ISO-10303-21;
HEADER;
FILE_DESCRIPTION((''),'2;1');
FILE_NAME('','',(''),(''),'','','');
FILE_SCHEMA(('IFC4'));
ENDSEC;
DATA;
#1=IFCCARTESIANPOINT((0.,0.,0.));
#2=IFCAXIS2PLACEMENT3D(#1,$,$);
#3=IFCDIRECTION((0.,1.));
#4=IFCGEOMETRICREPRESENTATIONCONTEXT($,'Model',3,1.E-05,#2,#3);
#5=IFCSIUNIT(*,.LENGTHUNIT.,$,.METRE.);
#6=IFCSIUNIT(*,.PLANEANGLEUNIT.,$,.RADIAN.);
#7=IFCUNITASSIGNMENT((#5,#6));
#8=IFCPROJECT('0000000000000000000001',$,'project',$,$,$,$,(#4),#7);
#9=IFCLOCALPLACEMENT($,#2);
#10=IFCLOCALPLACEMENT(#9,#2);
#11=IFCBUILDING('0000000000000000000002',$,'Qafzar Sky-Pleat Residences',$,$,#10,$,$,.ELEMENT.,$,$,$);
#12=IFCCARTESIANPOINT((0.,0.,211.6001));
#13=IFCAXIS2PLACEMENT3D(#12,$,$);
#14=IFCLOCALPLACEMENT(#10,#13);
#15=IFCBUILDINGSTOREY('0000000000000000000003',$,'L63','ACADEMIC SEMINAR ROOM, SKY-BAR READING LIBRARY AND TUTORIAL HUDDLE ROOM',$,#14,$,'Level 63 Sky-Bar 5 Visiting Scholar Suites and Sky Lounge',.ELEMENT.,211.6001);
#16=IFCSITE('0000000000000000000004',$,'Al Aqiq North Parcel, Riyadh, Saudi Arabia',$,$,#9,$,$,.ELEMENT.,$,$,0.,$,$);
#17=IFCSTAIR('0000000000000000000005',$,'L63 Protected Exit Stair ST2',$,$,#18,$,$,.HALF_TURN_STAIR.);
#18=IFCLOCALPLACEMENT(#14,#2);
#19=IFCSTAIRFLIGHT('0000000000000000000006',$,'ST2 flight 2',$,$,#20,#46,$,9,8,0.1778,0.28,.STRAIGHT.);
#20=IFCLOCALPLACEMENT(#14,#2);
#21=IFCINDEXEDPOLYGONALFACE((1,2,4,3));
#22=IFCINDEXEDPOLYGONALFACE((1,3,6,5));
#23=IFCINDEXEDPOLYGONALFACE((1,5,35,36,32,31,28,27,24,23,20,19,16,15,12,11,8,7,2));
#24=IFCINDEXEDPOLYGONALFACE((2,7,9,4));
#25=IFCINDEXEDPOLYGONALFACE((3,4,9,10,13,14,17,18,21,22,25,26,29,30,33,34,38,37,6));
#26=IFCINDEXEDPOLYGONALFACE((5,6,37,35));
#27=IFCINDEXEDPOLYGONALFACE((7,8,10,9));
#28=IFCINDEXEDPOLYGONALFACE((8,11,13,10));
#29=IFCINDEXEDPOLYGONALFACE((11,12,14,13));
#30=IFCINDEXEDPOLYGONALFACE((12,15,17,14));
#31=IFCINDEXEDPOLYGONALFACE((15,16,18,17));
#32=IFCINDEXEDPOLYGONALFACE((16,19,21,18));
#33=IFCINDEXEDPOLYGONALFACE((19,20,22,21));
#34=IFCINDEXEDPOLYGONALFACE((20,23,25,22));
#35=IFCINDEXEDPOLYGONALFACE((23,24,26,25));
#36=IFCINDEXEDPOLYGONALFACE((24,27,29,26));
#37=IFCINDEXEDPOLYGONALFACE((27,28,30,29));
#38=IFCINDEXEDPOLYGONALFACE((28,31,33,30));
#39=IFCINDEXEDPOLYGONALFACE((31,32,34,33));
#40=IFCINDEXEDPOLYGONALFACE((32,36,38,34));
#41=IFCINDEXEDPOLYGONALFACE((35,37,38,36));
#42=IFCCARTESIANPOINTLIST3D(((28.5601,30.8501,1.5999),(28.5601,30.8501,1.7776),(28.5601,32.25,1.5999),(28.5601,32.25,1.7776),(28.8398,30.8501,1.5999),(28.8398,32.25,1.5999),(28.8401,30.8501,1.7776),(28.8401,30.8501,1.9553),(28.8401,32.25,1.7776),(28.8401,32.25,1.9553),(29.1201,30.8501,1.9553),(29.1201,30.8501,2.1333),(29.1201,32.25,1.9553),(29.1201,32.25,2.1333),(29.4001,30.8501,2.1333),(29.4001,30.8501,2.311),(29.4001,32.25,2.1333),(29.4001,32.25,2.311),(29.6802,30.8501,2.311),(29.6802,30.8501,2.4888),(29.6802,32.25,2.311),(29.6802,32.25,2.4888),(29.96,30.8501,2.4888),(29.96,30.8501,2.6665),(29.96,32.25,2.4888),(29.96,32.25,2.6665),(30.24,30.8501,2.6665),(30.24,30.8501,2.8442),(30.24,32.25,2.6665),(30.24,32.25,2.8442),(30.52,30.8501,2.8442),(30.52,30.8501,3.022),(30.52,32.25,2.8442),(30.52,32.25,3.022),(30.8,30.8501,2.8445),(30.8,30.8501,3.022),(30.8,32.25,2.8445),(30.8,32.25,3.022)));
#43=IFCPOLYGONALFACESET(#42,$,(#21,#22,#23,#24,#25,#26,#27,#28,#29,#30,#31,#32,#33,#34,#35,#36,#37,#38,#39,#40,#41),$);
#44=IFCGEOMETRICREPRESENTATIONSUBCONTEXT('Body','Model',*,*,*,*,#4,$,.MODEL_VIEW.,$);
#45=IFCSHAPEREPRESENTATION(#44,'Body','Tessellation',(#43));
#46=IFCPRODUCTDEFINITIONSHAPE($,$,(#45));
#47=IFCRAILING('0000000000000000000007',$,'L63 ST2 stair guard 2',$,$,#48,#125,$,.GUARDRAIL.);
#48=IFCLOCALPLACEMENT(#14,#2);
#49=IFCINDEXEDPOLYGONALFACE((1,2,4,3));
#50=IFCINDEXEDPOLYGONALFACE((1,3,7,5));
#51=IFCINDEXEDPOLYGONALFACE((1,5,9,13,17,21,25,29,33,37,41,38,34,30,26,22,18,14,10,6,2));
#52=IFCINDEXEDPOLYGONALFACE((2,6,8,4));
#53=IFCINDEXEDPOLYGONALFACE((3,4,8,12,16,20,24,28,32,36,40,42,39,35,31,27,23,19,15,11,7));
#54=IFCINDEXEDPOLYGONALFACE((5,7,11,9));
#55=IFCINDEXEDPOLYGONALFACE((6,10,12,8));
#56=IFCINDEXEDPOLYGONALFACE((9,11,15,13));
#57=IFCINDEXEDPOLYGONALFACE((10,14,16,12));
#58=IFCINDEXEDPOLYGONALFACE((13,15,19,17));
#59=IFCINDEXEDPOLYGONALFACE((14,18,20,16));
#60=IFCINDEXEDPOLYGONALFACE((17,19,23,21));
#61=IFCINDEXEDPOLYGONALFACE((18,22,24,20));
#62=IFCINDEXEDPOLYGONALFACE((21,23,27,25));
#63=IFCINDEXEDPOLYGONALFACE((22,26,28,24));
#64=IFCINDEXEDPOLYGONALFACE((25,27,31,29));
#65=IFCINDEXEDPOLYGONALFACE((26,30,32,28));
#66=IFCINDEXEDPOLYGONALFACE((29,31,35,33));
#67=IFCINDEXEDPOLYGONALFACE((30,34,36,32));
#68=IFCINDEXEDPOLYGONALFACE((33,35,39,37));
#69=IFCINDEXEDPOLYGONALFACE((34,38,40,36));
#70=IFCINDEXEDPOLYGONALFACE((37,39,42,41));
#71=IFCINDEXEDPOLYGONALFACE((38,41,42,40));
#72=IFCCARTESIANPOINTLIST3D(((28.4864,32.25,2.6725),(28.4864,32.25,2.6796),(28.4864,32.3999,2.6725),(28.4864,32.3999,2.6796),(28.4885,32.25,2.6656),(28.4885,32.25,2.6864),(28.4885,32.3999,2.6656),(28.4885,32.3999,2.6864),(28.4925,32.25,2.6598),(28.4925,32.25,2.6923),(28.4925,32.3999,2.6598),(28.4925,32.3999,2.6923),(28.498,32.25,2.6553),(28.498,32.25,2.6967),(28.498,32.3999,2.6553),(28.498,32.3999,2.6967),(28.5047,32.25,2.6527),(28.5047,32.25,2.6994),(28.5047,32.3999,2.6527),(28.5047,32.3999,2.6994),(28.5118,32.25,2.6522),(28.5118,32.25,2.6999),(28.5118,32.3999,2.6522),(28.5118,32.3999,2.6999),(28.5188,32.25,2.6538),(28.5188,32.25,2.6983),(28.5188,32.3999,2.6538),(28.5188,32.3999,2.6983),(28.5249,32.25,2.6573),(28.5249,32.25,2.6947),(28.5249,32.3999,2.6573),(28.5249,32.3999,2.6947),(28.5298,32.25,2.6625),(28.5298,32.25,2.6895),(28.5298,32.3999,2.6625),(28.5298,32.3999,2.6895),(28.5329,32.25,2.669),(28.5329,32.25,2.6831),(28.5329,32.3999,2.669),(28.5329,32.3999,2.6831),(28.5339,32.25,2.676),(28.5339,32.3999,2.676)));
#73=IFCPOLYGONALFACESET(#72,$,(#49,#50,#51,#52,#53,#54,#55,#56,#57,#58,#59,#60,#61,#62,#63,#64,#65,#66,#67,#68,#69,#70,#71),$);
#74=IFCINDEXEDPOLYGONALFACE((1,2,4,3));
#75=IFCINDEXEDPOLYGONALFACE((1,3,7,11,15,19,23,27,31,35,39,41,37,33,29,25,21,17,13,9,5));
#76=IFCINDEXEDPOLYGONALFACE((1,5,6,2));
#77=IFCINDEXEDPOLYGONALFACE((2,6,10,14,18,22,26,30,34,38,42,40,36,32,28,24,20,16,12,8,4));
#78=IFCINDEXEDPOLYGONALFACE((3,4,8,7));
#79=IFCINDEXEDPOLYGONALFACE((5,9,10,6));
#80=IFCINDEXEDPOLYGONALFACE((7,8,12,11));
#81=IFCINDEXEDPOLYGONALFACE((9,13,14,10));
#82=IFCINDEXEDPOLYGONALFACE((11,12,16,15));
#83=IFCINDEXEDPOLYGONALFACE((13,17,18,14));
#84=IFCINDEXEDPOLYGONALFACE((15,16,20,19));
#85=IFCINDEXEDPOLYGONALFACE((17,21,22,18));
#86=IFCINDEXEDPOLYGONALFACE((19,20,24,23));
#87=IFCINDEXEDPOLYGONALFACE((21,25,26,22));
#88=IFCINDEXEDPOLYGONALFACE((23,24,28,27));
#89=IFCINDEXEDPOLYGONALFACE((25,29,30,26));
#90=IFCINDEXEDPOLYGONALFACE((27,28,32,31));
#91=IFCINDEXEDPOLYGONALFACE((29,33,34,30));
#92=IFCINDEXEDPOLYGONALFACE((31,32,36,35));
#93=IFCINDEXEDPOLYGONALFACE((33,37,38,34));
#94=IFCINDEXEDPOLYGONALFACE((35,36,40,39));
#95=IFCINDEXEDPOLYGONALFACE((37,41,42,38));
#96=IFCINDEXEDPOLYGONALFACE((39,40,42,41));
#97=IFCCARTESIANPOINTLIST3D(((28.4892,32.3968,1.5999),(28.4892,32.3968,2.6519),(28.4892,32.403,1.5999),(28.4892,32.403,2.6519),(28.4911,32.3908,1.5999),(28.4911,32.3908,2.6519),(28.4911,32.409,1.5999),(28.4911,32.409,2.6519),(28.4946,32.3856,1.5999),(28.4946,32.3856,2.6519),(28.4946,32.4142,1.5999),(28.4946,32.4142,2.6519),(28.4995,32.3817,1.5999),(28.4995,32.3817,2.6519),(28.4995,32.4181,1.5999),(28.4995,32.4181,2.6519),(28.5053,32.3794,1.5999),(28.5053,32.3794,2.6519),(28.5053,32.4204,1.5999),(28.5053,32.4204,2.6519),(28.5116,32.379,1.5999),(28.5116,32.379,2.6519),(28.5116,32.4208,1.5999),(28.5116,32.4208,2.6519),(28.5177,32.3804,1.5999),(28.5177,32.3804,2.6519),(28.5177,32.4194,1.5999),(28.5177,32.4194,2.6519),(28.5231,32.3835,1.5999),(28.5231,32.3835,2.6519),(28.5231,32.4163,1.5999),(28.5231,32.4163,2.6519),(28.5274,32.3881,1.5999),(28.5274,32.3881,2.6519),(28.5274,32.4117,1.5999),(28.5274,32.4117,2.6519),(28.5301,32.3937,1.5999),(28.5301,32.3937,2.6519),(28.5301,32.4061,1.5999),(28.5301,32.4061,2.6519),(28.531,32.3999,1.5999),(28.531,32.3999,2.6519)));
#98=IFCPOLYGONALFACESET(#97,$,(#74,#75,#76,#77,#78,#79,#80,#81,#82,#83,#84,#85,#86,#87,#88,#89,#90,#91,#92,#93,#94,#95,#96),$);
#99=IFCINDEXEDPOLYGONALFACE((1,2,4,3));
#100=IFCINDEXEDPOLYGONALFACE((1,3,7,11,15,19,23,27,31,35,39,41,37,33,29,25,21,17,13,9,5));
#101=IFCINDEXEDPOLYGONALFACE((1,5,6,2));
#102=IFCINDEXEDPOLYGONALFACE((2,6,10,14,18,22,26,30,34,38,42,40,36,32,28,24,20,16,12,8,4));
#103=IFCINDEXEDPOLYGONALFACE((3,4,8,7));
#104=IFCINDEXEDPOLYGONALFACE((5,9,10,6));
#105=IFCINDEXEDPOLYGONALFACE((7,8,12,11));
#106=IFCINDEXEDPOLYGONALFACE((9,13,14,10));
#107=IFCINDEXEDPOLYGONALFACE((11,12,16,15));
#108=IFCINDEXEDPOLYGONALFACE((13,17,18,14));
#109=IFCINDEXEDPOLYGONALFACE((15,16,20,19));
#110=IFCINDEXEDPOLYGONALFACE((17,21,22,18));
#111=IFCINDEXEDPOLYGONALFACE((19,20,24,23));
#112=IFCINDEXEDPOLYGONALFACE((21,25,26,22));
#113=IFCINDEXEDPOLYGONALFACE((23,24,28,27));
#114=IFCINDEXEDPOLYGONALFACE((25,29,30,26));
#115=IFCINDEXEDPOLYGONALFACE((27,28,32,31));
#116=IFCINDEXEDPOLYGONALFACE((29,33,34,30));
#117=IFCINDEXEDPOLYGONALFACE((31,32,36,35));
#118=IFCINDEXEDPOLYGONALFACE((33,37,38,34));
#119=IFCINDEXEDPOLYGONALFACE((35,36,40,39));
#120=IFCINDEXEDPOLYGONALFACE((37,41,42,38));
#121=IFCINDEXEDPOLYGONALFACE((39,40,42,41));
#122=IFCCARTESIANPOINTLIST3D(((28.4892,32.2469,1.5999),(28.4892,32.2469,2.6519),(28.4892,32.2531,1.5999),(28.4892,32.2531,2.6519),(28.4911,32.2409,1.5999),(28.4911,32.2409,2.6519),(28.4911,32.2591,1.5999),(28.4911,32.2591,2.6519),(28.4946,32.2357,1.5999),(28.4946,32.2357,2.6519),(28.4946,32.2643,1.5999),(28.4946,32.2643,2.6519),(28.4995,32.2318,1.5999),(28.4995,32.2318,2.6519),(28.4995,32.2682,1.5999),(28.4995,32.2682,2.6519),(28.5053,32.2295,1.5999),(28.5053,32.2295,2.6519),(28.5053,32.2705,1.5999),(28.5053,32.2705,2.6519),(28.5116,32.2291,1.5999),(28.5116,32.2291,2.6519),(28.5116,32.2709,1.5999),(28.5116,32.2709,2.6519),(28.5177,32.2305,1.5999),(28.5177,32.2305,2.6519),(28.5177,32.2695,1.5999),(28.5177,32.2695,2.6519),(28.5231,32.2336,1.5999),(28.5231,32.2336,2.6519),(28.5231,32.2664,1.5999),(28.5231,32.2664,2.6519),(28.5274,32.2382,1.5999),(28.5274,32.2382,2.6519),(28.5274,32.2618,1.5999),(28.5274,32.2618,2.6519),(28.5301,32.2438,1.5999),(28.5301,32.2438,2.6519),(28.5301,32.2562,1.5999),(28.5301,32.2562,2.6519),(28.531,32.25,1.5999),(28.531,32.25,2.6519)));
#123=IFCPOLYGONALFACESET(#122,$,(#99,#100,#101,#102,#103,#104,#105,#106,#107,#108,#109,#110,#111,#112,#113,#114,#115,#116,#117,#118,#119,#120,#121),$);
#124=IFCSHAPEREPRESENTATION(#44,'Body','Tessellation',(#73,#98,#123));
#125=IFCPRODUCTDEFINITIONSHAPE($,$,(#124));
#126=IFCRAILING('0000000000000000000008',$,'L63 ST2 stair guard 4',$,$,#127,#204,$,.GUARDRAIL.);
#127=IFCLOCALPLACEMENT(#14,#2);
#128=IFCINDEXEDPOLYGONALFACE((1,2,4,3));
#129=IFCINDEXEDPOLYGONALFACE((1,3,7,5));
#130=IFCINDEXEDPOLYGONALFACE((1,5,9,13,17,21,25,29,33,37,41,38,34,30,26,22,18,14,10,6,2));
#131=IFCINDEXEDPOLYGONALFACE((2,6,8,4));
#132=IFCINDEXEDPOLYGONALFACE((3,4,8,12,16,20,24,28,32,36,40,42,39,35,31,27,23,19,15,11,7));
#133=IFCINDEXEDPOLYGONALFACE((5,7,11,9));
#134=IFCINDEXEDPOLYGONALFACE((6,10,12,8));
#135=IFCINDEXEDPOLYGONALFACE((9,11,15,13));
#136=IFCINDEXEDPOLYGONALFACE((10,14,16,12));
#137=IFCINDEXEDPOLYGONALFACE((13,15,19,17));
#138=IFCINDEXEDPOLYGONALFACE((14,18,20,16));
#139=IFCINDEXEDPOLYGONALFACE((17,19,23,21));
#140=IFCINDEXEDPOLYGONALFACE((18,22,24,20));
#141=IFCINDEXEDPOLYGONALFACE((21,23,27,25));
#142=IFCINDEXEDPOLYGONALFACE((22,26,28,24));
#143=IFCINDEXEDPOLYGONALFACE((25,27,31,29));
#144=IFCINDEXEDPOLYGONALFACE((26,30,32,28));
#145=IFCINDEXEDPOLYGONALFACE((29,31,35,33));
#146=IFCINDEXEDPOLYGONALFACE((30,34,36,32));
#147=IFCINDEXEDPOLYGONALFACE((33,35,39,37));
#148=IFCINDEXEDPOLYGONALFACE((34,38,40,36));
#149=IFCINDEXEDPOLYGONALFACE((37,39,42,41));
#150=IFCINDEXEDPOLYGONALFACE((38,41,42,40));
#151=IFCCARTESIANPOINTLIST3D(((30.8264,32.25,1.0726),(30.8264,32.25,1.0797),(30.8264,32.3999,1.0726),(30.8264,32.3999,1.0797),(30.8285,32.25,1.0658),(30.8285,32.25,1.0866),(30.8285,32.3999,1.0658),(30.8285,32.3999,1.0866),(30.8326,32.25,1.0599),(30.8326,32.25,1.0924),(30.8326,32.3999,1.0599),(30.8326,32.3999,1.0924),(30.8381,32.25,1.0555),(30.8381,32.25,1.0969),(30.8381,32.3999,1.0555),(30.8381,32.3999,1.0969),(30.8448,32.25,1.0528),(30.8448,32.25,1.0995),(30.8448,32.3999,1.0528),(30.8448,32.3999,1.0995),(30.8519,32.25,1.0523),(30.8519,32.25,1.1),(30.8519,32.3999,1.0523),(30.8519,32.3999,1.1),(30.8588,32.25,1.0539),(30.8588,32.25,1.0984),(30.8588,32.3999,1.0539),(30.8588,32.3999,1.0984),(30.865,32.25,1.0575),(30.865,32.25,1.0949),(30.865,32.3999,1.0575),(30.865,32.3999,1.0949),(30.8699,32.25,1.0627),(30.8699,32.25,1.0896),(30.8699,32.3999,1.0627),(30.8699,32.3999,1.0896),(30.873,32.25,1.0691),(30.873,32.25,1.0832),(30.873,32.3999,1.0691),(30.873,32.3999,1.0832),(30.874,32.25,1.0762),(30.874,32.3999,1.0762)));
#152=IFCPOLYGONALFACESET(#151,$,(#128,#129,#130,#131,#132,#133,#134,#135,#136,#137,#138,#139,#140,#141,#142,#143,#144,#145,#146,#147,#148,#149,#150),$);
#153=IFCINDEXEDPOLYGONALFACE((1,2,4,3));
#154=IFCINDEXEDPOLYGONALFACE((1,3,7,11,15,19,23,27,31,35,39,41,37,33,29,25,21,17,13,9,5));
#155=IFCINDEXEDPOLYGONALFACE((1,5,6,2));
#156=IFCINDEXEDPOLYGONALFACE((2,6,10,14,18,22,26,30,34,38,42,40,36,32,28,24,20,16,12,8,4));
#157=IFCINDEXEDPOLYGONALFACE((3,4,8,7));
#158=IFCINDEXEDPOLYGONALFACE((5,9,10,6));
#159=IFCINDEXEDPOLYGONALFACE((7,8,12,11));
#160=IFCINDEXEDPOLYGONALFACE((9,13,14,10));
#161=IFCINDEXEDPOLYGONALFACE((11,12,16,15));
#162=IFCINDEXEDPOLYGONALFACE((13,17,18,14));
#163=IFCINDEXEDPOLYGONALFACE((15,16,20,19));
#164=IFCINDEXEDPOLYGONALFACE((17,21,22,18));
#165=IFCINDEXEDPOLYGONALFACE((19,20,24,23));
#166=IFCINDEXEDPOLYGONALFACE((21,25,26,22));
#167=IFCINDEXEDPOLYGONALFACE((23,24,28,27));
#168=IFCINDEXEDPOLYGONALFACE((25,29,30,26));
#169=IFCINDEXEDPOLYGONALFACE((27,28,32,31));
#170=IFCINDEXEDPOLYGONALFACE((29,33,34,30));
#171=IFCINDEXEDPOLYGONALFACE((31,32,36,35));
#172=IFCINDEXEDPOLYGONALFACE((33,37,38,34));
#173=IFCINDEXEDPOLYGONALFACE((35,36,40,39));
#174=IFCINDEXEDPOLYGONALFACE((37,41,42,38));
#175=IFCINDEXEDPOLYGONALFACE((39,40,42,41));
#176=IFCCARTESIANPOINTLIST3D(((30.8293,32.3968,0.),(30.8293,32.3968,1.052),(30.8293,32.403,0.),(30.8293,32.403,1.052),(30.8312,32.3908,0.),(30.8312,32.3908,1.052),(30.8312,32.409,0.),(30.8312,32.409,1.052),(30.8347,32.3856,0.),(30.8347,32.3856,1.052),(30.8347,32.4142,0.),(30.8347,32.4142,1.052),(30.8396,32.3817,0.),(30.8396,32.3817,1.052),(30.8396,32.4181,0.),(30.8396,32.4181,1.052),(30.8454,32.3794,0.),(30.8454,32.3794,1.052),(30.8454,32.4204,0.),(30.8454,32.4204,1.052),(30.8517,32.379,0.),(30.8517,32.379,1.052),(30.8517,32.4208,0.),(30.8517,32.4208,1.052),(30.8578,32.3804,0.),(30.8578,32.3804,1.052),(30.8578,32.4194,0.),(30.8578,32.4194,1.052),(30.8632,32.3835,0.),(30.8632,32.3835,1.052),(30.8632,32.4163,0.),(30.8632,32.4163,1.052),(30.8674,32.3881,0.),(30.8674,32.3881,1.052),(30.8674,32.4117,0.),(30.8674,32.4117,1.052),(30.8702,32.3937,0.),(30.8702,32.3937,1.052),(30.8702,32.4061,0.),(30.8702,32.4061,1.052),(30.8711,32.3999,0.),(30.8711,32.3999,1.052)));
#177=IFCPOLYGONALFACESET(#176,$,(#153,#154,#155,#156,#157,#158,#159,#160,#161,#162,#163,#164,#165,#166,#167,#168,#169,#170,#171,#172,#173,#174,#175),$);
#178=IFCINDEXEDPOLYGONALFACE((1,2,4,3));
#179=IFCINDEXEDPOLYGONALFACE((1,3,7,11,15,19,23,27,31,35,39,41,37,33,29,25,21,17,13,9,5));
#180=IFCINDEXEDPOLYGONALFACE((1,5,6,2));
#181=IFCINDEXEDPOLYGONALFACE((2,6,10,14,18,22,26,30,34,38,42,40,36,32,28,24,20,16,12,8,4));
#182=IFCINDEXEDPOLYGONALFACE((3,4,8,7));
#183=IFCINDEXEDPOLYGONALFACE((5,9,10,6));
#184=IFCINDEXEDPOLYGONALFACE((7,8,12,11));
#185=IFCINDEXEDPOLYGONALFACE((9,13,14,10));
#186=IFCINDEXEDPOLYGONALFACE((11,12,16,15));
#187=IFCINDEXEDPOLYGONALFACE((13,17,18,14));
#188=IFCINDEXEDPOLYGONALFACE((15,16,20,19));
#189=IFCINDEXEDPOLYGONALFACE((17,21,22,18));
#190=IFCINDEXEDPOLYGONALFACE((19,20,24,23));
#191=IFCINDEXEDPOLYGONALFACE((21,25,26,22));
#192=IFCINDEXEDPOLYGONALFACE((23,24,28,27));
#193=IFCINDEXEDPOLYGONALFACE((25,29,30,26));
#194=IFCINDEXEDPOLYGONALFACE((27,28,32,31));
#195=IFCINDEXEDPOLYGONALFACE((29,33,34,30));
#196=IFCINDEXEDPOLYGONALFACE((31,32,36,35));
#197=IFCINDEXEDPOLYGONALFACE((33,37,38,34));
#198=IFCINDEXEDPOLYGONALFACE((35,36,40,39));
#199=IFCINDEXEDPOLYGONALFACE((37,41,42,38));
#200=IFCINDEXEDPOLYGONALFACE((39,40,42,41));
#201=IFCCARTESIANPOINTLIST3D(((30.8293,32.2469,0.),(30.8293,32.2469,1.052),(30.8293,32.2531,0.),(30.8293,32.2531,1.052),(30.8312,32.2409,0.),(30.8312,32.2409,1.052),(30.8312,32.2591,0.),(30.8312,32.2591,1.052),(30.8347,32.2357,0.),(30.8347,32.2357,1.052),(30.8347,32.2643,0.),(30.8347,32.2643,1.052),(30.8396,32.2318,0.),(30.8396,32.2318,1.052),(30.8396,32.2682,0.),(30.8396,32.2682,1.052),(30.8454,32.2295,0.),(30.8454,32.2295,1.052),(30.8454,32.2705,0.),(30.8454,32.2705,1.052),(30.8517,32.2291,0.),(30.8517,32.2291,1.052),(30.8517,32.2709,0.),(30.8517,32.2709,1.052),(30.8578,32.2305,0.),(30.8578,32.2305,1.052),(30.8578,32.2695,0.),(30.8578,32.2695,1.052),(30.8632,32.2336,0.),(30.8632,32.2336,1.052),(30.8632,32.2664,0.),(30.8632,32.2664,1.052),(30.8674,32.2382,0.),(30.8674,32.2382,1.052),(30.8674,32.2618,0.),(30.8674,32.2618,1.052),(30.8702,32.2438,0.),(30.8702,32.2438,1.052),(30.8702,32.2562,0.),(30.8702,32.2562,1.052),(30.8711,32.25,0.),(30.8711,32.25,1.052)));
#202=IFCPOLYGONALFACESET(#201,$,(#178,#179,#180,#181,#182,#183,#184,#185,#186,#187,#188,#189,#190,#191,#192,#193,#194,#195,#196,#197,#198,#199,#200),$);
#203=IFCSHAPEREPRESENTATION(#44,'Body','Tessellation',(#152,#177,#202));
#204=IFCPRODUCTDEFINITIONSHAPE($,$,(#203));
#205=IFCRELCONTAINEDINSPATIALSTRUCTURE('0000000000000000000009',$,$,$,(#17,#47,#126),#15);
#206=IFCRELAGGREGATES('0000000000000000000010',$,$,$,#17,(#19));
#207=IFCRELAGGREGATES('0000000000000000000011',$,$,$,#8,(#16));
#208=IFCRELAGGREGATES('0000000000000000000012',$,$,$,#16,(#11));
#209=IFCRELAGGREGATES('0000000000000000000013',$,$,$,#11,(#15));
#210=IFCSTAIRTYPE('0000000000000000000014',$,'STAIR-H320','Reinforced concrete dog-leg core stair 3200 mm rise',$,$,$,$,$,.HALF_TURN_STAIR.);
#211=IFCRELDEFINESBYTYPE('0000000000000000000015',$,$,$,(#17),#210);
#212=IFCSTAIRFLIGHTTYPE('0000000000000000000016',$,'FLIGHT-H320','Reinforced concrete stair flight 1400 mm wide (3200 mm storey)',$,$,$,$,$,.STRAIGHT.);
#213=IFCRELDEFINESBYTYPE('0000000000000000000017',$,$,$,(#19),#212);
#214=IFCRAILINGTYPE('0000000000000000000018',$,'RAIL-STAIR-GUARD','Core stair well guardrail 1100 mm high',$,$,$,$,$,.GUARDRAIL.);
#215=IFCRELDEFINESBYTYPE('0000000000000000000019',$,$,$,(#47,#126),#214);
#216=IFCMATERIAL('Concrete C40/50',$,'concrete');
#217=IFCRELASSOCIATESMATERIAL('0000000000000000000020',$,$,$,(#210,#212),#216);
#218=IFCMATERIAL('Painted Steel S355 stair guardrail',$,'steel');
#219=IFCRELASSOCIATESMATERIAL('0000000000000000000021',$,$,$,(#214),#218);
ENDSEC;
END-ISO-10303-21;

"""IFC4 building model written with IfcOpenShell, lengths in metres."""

from ifc_helpers import new_model, si_unit, direction, frame, origin, origin_2d, place, context, subcontext, project, spatial, polyline, circle, outline, extrude, source, transform, mapped, material, type_object, element, aggregate, save


model = new_model("IFC4")

# Units and contexts
model_context = context("Model", 3, precision=1e-05, world=origin(), true_north=direction((0.0, 1.0)))
body_context = subcontext(model_context, "Body", "Model", "MODEL_VIEW")
ifc_project = project(units=[si_unit("LENGTHUNIT", "METRE"), si_unit("PLANEANGLEUNIT", "RADIAN")], contexts=[model_context])

# Site, building, storey
site_placement = place(None, origin())
site = spatial("IfcSite", under=ifc_project, at=site_placement, Name="Al Aqiq North Parcel, Riyadh, Saudi Arabia", CompositionType="ELEMENT", RefElevation=0.0)
building_placement = place(site_placement, origin())
building = spatial("IfcBuilding", under=site, at=building_placement, Name="Qafzar Sky-Pleat Residences", CompositionType="ELEMENT")
storey_placement = place(building_placement, frame((0.0, 0.0, 211.6001)))
storey = spatial("IfcBuildingStorey", under=building, at=storey_placement, Name="L63", Description="ACADEMIC SEMINAR ROOM, SKY-BAR READING LIBRARY AND TUTORIAL HUDDLE ROOM", LongName="Level 63 Sky-Bar 5 Visiting Scholar Suites and Sky Lounge", CompositionType="ELEMENT", Elevation=211.6001)

# Stair, stair flight
ifc_material_1 = material(Name="Concrete C40/50", Category="concrete")
stair_type = type_object("IfcStairType", Name="STAIR-H320", Description="Reinforced concrete dog-leg core stair 3200 mm rise", PredefinedType="HALF_TURN_STAIR", material=ifc_material_1)
stair_placement = place(storey_placement, origin())
stair = element("IfcStair", 1, at=stair_placement, inside=storey, type_object=stair_type, Name="L63 Protected Exit Stair ST2", PredefinedType="HALF_TURN_STAIR")
stair_flight_type = type_object("IfcStairFlightType", Name="FLIGHT-H320", Description="Reinforced concrete stair flight 1400 mm wide (3200 mm storey)", PredefinedType="STRAIGHT", material=ifc_material_1)
shared_shape_1 = source(origin(), body_context, "Body", "SweptSolid", [
    extrude(outline(polyline([(0.0, 0.0), (0.0, 0.1777), (0.28, 0.1777), (0.28, 0.3555), (0.5601, 0.3555), (0.5601, 0.5334), (0.8401, 0.5334), (0.8401, 0.7112), (1.1201, 0.7112), (1.1201, 0.8889), (1.3999, 0.8889), (1.3999, 1.0667), (1.6799, 1.0667), (1.6799, 1.2444), (1.96, 1.2444), (1.96, 1.4221), (2.24, 1.4221), (2.24, 1.6001), (2.24, 1.2446), (0.2798, 0.0), (0.0, 0.0)])), frame((0.0, 0.7, 0.0), z_axis=(0.0, -1.0, 0.0), x_axis=(1.0, 0.0, 0.0)), (0.0, 0.0, 1.0), 1.3999),
])
stair_flight_1_placement = place(storey_placement, frame((28.5601, 31.55, 1.5999), z_axis=(0.0, 0.0, 1.0), x_axis=(1.0, 0.0, 0.0)))
stair_flight_1 = element("IfcStairFlight", 2, at=stair_flight_1_placement, type_object=stair_flight_type, Name="ST2 flight 2", NumberOfRisers=9, NumberOfTreads=8, PredefinedType="STRAIGHT", RiserHeight=0.1778, TreadLength=0.28, context=body_context, shape_type="MappedRepresentation", body=[
    mapped(shared_shape_1, transform((0.0, 0.0, 0.0), x_axis=(1.0, 0.0, 0.0), y_axis=(0.0, 1.0, 0.0), z_axis=(0.0, 0.0, 1.0), scale=1.0)),
])
aggregate(stair, [stair_flight_1])

# Railings
ifc_material_2 = material(Name="Painted Steel S355 stair guardrail", Category="steel")
railing_type_1 = type_object("IfcRailingType", Name="RAIL-STAIR-GUARD", Description="Core stair well guardrail 1100 mm high", PredefinedType="GUARDRAIL", material=ifc_material_2)
shared_shape_2 = source(origin(), body_context, "Body", "SweptSolid", [
    extrude(circle(Radius=0.0239, at=origin_2d()), frame((0.0, 0.0, 1.0762), z_axis=(0.0, -1.0, 0.0), x_axis=(1.0, 0.0, 0.0)), (0.0, 0.0, 1.0), 0.1499),
    extrude(circle(Radius=0.021, at=origin_2d()), origin(), (0.0, 0.0, 1.0), 1.052),
    extrude(circle(Radius=0.021, at=origin_2d()), frame((0.0, -0.1499, 0.0)), (0.0, 0.0, 1.0), 1.052),
])
for number, where, name in (
    (3, (28.51, 32.3999, 1.5999), "L63 ST2 stair guard 2"),
    (4, (30.8501, 32.3999, 0.0), "L63 ST2 stair guard 4"),
):
    element("IfcRailing", number, at=place(storey_placement, frame(where)), inside=storey, type_object=railing_type_1, Name=name, PredefinedType="GUARDRAIL", context=body_context, shape_type="MappedRepresentation", body=[
        mapped(shared_shape_2, transform((0.0, 0.0, 0.0), x_axis=(1.0, 0.0, 0.0), y_axis=(0.0, 1.0, 0.0), z_axis=(0.0, 0.0, 1.0), scale=1.0)),
    ])

save(model, "model.ifc")
